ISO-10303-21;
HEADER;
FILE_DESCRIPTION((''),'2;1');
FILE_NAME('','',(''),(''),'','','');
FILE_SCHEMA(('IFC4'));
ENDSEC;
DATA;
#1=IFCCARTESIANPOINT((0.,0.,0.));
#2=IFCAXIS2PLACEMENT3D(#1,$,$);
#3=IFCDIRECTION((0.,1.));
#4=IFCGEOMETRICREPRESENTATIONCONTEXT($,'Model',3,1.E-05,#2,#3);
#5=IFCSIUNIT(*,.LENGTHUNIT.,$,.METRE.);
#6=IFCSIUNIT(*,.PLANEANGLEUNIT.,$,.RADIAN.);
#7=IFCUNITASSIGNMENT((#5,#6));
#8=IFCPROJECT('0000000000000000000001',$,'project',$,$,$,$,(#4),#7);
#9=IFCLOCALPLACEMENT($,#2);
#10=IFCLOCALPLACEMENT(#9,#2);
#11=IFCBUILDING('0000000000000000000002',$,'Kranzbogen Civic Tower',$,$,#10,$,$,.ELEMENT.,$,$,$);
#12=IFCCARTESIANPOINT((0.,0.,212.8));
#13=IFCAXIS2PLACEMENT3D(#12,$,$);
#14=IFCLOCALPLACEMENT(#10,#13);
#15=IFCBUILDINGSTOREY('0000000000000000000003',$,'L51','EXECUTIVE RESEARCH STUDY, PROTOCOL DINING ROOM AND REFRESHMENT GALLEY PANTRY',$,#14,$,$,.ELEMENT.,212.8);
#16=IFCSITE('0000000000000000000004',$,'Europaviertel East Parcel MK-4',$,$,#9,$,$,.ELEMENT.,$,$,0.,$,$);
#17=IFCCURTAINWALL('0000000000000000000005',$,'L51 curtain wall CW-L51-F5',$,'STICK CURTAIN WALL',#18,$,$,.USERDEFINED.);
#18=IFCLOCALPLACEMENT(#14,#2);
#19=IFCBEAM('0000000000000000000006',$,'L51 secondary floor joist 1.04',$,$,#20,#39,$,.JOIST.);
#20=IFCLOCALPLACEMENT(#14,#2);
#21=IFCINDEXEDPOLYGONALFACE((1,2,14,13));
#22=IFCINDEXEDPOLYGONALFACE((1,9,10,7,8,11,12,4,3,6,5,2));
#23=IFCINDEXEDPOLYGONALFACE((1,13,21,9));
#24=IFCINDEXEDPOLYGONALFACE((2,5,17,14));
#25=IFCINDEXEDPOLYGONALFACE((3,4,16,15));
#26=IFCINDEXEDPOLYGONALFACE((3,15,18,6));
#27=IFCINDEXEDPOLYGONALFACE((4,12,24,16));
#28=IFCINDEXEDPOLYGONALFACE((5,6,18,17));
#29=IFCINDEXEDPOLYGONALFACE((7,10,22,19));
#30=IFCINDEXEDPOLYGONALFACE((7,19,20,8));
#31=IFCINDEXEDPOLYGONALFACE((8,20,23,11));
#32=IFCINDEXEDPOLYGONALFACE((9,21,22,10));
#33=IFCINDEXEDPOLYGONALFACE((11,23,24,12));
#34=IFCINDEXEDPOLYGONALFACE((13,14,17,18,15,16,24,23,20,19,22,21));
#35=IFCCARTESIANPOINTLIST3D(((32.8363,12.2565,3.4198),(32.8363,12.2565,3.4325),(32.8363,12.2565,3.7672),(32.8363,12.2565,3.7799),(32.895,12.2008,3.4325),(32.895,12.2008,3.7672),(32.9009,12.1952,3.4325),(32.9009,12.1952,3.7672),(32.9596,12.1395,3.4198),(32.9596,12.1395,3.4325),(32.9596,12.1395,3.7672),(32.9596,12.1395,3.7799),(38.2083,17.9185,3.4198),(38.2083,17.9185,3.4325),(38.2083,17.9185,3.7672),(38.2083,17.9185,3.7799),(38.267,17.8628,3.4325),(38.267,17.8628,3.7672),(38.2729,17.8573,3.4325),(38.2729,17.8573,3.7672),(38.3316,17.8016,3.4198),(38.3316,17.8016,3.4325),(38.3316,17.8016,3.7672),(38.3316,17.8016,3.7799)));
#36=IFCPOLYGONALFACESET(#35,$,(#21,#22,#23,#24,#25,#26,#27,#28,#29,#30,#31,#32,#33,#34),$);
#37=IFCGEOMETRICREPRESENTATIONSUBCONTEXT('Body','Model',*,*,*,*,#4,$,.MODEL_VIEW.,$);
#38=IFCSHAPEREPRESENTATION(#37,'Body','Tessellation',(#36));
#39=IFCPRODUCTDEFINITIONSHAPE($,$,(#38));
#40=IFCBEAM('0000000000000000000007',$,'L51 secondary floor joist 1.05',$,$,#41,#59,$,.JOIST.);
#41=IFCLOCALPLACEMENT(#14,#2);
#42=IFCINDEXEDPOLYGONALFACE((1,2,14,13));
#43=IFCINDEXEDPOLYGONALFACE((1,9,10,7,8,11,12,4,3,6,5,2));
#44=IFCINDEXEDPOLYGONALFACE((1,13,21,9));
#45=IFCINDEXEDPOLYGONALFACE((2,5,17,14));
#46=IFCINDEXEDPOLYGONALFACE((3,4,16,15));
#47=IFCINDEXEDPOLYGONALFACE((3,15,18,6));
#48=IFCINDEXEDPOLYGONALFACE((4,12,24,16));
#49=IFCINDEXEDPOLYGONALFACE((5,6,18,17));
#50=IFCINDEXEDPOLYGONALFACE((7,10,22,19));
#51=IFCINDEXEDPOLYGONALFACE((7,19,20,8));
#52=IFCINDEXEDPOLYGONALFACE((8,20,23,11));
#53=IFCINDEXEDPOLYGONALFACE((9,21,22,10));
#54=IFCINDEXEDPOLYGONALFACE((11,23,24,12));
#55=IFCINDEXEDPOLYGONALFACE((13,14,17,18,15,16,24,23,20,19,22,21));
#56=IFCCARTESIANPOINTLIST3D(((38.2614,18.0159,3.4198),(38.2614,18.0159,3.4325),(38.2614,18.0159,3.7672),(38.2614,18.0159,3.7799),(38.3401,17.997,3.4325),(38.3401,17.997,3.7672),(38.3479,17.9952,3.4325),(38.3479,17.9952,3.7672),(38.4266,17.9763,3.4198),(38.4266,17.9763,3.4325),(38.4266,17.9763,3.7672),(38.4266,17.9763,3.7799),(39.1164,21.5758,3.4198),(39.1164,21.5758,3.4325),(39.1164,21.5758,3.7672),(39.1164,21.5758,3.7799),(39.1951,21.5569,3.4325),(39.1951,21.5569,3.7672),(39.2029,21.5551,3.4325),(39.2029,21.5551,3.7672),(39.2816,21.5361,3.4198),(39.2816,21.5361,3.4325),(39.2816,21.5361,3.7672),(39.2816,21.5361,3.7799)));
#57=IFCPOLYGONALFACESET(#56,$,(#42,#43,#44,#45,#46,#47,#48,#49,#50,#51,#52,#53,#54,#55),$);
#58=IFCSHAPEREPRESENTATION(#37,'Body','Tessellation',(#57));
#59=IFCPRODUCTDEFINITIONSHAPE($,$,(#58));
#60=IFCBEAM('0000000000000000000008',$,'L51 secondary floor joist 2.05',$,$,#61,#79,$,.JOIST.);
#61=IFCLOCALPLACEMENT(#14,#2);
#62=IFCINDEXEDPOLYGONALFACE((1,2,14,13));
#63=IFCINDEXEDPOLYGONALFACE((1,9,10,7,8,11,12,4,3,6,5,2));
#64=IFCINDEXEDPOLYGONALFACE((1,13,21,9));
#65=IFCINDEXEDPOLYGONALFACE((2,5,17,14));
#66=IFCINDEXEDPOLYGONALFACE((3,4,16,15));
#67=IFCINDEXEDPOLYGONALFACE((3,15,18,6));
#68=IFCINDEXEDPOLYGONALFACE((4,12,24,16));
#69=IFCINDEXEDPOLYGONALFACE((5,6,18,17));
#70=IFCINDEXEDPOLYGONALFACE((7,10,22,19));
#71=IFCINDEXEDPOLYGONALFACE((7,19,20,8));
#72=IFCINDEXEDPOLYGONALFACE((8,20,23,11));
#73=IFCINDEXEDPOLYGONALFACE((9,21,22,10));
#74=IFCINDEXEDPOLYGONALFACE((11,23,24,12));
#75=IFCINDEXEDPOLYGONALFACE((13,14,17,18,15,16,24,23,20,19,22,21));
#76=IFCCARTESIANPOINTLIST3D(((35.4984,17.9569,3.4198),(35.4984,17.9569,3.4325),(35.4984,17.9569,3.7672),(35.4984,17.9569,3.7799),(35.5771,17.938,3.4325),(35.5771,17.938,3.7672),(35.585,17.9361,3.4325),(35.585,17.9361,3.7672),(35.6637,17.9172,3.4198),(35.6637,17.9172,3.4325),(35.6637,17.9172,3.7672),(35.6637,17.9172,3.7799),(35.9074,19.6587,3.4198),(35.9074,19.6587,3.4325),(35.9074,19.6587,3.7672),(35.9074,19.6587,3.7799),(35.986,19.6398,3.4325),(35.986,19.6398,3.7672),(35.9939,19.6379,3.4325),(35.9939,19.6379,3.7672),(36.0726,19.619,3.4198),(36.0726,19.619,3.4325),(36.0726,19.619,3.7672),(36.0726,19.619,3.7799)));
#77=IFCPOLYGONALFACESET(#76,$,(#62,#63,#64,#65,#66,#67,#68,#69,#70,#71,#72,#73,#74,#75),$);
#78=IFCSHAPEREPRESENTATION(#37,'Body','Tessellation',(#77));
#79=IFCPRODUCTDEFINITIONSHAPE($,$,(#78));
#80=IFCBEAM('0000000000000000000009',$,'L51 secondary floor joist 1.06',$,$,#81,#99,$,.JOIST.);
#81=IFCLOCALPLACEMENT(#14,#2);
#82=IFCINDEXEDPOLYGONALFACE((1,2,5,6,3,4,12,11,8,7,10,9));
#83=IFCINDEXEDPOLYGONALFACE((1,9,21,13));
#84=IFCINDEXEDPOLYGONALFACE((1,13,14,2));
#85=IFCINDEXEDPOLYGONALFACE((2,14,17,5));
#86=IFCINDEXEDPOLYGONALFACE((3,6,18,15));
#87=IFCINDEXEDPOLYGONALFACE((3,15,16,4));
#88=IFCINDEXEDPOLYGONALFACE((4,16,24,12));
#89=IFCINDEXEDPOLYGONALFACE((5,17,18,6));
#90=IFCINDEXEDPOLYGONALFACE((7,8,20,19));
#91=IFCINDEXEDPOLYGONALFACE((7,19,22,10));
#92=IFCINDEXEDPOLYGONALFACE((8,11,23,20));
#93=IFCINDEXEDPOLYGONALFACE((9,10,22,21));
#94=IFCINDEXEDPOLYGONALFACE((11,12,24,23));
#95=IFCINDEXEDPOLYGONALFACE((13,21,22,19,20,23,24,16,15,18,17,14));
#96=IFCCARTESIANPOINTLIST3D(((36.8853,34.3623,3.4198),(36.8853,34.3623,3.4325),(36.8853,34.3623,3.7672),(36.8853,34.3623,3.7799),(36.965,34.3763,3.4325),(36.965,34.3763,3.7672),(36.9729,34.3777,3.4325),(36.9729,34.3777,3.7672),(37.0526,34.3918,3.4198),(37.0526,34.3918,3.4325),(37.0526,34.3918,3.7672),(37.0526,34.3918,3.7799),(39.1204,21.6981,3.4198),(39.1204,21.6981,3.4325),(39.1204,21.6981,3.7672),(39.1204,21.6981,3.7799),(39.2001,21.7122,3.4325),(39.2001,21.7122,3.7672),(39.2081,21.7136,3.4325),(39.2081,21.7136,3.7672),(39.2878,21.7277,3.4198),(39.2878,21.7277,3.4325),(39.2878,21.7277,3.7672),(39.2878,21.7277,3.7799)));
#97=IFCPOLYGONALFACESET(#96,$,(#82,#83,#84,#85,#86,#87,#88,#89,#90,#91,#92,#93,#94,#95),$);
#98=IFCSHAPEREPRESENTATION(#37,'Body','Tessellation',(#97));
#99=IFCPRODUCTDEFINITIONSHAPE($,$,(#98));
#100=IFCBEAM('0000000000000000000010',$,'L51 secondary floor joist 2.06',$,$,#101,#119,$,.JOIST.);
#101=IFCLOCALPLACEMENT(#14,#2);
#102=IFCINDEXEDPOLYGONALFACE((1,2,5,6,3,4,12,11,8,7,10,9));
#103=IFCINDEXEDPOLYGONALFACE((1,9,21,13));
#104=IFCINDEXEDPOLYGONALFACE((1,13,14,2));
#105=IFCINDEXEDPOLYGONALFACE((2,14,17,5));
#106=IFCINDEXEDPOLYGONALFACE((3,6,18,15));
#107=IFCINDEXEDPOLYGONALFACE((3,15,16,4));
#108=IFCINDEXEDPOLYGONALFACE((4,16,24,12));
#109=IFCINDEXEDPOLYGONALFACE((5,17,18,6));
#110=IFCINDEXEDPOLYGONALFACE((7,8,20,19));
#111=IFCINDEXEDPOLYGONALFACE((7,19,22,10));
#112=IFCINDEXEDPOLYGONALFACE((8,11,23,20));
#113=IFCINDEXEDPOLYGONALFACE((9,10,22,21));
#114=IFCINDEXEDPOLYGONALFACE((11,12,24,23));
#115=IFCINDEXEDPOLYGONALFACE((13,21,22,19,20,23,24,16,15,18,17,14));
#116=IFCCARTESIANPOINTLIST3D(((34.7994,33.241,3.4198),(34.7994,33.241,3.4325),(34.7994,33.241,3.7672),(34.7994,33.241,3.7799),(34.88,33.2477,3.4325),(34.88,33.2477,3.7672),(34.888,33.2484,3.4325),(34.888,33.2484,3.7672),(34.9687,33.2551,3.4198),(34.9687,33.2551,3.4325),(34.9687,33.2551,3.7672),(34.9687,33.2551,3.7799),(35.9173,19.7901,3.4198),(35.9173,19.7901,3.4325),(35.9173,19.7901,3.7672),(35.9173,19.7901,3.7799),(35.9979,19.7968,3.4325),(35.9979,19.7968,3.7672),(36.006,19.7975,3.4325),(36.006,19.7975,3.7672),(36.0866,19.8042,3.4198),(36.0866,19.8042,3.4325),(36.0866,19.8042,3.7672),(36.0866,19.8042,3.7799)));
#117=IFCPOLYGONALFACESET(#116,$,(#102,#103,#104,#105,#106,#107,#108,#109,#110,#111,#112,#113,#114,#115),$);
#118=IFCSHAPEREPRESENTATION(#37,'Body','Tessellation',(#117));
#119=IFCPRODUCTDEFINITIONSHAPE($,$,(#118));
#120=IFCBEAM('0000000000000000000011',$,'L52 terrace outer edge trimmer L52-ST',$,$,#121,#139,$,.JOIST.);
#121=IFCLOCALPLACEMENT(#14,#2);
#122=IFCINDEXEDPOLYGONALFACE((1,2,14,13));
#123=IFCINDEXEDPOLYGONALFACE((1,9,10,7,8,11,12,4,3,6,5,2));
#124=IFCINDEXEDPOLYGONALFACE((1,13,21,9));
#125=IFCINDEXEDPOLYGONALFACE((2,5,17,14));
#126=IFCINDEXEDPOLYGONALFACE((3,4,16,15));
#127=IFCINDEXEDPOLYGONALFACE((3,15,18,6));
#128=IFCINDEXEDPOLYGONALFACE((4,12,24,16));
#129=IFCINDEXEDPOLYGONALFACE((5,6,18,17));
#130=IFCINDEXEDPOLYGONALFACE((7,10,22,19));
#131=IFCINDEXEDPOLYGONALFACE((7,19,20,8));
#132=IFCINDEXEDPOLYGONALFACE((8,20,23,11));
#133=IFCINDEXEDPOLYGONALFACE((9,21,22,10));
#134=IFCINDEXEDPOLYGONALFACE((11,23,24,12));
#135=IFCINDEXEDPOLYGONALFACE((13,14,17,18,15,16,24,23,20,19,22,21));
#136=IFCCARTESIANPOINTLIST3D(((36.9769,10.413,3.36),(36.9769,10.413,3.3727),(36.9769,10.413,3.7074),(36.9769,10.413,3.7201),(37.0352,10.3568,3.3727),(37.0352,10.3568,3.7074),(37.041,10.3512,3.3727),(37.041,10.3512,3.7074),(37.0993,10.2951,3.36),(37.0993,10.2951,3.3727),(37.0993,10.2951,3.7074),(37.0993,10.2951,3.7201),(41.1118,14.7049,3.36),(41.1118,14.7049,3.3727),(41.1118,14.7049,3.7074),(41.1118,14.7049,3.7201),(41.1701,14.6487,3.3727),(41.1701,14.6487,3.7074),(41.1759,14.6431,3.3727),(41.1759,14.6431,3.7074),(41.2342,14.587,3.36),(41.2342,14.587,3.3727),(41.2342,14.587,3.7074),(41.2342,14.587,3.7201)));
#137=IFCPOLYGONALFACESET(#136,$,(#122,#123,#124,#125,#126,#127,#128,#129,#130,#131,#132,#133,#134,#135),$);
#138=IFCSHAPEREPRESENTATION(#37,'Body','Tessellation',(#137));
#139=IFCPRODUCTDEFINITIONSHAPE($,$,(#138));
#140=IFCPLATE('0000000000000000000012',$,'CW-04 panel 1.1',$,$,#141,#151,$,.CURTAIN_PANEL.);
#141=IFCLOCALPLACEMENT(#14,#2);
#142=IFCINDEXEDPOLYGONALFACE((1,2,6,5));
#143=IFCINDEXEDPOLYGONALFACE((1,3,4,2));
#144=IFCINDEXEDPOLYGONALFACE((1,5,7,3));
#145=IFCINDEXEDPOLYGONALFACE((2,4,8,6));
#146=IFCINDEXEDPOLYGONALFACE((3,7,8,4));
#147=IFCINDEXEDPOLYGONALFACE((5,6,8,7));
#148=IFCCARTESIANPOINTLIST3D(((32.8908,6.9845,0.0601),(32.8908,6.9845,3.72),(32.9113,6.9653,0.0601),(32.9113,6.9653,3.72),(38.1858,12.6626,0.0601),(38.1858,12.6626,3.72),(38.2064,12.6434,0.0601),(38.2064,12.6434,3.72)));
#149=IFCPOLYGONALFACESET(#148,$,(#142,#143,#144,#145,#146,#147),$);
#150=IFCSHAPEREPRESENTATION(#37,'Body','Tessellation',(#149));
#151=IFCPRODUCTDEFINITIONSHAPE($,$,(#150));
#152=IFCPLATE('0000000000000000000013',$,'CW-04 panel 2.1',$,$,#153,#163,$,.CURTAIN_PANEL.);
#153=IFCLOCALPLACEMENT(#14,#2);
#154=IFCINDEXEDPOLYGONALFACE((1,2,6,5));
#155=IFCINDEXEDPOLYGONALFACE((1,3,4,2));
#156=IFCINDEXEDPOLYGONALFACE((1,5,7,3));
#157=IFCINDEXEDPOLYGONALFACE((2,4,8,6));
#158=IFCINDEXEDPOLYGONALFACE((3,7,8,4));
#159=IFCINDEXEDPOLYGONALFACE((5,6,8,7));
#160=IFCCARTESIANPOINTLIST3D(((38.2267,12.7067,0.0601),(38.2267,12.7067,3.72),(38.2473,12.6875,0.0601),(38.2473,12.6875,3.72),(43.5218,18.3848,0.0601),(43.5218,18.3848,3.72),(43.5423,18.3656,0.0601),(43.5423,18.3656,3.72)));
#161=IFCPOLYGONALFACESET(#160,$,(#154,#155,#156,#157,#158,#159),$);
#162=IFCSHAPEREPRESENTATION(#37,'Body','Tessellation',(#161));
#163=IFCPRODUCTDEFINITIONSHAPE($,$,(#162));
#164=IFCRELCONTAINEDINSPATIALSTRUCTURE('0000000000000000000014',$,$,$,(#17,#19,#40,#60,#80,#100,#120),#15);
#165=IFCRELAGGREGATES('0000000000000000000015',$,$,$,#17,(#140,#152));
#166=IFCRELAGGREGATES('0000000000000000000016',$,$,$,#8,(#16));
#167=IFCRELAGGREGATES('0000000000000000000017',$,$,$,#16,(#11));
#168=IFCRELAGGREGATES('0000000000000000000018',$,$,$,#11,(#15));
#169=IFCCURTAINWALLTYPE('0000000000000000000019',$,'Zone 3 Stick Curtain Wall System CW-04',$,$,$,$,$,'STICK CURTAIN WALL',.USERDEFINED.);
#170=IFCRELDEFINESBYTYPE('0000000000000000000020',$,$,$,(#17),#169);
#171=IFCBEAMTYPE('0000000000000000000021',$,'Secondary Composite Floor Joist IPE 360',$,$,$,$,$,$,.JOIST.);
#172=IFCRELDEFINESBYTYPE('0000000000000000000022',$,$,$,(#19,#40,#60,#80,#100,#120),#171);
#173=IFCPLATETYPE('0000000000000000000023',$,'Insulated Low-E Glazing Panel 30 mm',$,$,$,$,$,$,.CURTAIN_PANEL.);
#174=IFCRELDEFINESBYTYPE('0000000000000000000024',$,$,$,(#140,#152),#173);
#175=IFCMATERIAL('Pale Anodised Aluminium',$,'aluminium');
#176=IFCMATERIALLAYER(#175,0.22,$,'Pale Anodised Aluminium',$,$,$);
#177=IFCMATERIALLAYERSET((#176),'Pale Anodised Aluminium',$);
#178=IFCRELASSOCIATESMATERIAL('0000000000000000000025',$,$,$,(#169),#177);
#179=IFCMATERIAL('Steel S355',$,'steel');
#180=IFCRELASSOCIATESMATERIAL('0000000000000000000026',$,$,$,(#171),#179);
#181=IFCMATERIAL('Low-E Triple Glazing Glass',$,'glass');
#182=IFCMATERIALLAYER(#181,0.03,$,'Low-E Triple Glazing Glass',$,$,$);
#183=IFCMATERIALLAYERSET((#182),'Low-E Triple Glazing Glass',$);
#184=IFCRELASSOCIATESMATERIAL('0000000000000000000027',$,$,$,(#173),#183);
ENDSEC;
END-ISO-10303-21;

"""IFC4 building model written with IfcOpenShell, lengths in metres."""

from ifc_helpers import new_model, si_unit, direction, frame, origin, origin_2d, place, context, subcontext, project, spatial, rectangle, i_section, extrude, material, layer, layer_set, material_profile, profile_set, type_object, element, aggregate, save


model = new_model("IFC4")

# Units and contexts
model_context = context("Model", 3, precision=1e-05, world=origin(), true_north=direction((0.0, 1.0)))
body_context = subcontext(model_context, "Body", "Model", "MODEL_VIEW")
ifc_project = project(units=[si_unit("LENGTHUNIT", "METRE"), si_unit("PLANEANGLEUNIT", "RADIAN")], contexts=[model_context])

# Site, building, storey
site_placement = place(None, origin())
site = spatial("IfcSite", under=ifc_project, at=site_placement, Name="Europaviertel East Parcel MK-4", CompositionType="ELEMENT", RefElevation=0.0)
building_placement = place(site_placement, origin())
building = spatial("IfcBuilding", under=site, at=building_placement, Name="Kranzbogen Civic Tower", CompositionType="ELEMENT")
storey_placement = place(building_placement, frame((0.0, 0.0, 212.8)))
storey = spatial("IfcBuildingStorey", under=building, at=storey_placement, Name="L51", Description="EXECUTIVE RESEARCH STUDY, PROTOCOL DINING ROOM AND REFRESHMENT GALLEY PANTRY", CompositionType="ELEMENT", Elevation=212.8)

# Shared definitions
ifc_material_1 = material(Name="Steel S355", Category="steel")

# Curtain wall
ifc_material_2 = material(Name="Pale Anodised Aluminium", Category="aluminium")
ifc_layer_1 = layer(ifc_material_2, 0.22, Name="Pale Anodised Aluminium")
ifc_layer_set_1 = layer_set([ifc_layer_1], Name="Pale Anodised Aluminium")
curtain_wall_type = type_object("IfcCurtainWallType", Name="Zone 3 Stick Curtain Wall System CW-04", ElementType="STICK CURTAIN WALL", PredefinedType="USERDEFINED", material=ifc_layer_set_1)
curtain_wall_1_placement = place(storey_placement, origin())
curtain_wall_1 = element("IfcCurtainWall", 1, at=curtain_wall_1_placement, inside=storey, type_object=curtain_wall_type, Name="L51 curtain wall CW-L51-F5", ObjectType="STICK CURTAIN WALL", PredefinedType="USERDEFINED")

# Beams
ifc_material_profile_1 = material_profile(ifc_material_1, i_section(OverallWidth=0.1699, OverallDepth=0.3601, WebThickness=0.0081, FlangeThickness=0.0127, at=origin_2d()), Name="IPE 360")
ifc_profile_set_1 = profile_set([ifc_material_profile_1], Name="Steel S355")
beam_type_1 = type_object("IfcBeamType", Name="Secondary Composite Floor Joist IPE 360", PredefinedType="JOIST", material=ifc_profile_set_1)
beam_1_placement = place(storey_placement, frame((32.8979, 12.198, 3.5999), z_axis=(0.688282, 0.725443, 0.0), x_axis=(-0.725443, 0.688282, 0.0)))
element("IfcBeam", 2, at=beam_1_placement, inside=storey, type_object=beam_type_1, Name="L51 secondary floor joist 1.04", PredefinedType="JOIST", context=body_context, shape_type="SweptSolid", body=[
    extrude(i_section(OverallWidth=0.1699, OverallDepth=0.3601, WebThickness=0.0081, FlangeThickness=0.0127, at=origin_2d()), origin(), (0.0, 0.0, 1.0), 7.8049),
])
beam_2_placement = place(storey_placement, frame((38.344, 17.9961, 3.5999), z_axis=(0.233534, 0.972349, 0.0), x_axis=(-0.972349, 0.233534, 0.0)))
element("IfcBeam", 3, at=beam_2_placement, inside=storey, type_object=beam_type_1, Name="L51 secondary floor joist 1.05", PredefinedType="JOIST", context=body_context, shape_type="SweptSolid", body=[
    extrude(i_section(OverallWidth=0.1699, OverallDepth=0.3601, WebThickness=0.0081, FlangeThickness=0.0127, at=origin_2d()), origin(), (0.0, 0.0, 1.0), 3.6611),
])
beam_3_placement = place(storey_placement, frame((35.5811, 17.937, 3.5999), z_axis=(0.233631, 0.972325, 0.0), x_axis=(-0.972325, 0.233631, 0.0)))
element("IfcBeam", 4, at=beam_3_placement, inside=storey, type_object=beam_type_1, Name="L51 secondary floor joist 2.05", PredefinedType="JOIST", context=body_context, shape_type="SweptSolid", body=[
    extrude(i_section(OverallWidth=0.1699, OverallDepth=0.3601, WebThickness=0.0081, FlangeThickness=0.0127, at=origin_2d()), origin(), (0.0, 0.0, 1.0), 1.7502),
])
beam_4_placement = place(storey_placement, frame((39.2041, 21.7129, 3.5999), z_axis=(-0.173806, 0.98478, 0.0), x_axis=(-0.98478, -0.173806, 0.0)))
element("IfcBeam", 5, at=beam_4_placement, inside=storey, type_object=beam_type_1, Name="L51 secondary floor joist 1.06", PredefinedType="JOIST", context=body_context, shape_type="SweptSolid", body=[
    extrude(i_section(OverallWidth=0.1699, OverallDepth=0.3601, WebThickness=0.0081, FlangeThickness=0.0127, at=origin_2d()), origin(), (0.0, 0.0, 1.0), 12.8599),
])
beam_5_placement = place(storey_placement, frame((36.002, 19.7971, 3.5999), z_axis=(-0.082825, 0.996564, 0.0), x_axis=(-0.996564, -0.082825, 0.0)))
element("IfcBeam", 6, at=beam_5_placement, inside=storey, type_object=beam_type_1, Name="L51 secondary floor joist 2.06", PredefinedType="JOIST", context=body_context, shape_type="SweptSolid", body=[
    extrude(i_section(OverallWidth=0.1699, OverallDepth=0.3601, WebThickness=0.0081, FlangeThickness=0.0127, at=origin_2d()), origin(), (0.0, 0.0, 1.0), 13.4973),
])
beam_6_placement = place(storey_placement, frame((37.0381, 10.354, 3.54), z_axis=(0.693814, 0.720154, 0.0), x_axis=(-0.720154, 0.693814, 0.0)))
element("IfcBeam", 7, at=beam_6_placement, inside=storey, type_object=beam_type_1, Name="L52 terrace outer edge trimmer L52-ST", PredefinedType="JOIST", context=body_context, shape_type="SweptSolid", body=[
    extrude(i_section(OverallWidth=0.1699, OverallDepth=0.3601, WebThickness=0.0081, FlangeThickness=0.0127, at=origin_2d()), origin(), (0.0, 0.0, 1.0), 5.9597),
])

# Plates
ifc_material_3 = material(Name="Low-E Triple Glazing Glass", Category="glass")
ifc_layer_2 = layer(ifc_material_3, 0.03, Name="Low-E Triple Glazing Glass")
ifc_layer_set_2 = layer_set([ifc_layer_2], Name="Low-E Triple Glazing Glass")
plate_type = type_object("IfcPlateType", Name="Insulated Low-E Glazing Panel 30 mm", PredefinedType="CURTAIN_PANEL", material=ifc_layer_set_2)
plate_1_placement = place(storey_placement, frame((35.5486, 9.814, 0.0601), z_axis=(0.0, 0.0, 1.0), x_axis=(0.682007, 0.731345, 0.0)))
plate_1 = element("IfcPlate", 8, at=plate_1_placement, type_object=plate_type, Name="CW-04 panel 1.1", PredefinedType="CURTAIN_PANEL", context=body_context, shape_type="SweptSolid", body=[
    extrude(rectangle(XDim=7.7639, YDim=0.0281, at=origin_2d()), origin(), (0.0, 0.0, 1.0), 3.6599),
])
plate_2_placement = place(storey_placement, frame((40.8845, 15.5361, 0.0601), z_axis=(0.0, 0.0, 1.0), x_axis=(0.682007, 0.731345, 0.0)))
plate_2 = element("IfcPlate", 9, at=plate_2_placement, type_object=plate_type, Name="CW-04 panel 2.1", PredefinedType="CURTAIN_PANEL", context=body_context, shape_type="SweptSolid", body=[
    extrude(rectangle(XDim=7.7639, YDim=0.0281, at=origin_2d()), origin(), (0.0, 0.0, 1.0), 3.6599),
])
aggregate(curtain_wall_1, [plate_1, plate_2])

save(model, "model.ifc")
